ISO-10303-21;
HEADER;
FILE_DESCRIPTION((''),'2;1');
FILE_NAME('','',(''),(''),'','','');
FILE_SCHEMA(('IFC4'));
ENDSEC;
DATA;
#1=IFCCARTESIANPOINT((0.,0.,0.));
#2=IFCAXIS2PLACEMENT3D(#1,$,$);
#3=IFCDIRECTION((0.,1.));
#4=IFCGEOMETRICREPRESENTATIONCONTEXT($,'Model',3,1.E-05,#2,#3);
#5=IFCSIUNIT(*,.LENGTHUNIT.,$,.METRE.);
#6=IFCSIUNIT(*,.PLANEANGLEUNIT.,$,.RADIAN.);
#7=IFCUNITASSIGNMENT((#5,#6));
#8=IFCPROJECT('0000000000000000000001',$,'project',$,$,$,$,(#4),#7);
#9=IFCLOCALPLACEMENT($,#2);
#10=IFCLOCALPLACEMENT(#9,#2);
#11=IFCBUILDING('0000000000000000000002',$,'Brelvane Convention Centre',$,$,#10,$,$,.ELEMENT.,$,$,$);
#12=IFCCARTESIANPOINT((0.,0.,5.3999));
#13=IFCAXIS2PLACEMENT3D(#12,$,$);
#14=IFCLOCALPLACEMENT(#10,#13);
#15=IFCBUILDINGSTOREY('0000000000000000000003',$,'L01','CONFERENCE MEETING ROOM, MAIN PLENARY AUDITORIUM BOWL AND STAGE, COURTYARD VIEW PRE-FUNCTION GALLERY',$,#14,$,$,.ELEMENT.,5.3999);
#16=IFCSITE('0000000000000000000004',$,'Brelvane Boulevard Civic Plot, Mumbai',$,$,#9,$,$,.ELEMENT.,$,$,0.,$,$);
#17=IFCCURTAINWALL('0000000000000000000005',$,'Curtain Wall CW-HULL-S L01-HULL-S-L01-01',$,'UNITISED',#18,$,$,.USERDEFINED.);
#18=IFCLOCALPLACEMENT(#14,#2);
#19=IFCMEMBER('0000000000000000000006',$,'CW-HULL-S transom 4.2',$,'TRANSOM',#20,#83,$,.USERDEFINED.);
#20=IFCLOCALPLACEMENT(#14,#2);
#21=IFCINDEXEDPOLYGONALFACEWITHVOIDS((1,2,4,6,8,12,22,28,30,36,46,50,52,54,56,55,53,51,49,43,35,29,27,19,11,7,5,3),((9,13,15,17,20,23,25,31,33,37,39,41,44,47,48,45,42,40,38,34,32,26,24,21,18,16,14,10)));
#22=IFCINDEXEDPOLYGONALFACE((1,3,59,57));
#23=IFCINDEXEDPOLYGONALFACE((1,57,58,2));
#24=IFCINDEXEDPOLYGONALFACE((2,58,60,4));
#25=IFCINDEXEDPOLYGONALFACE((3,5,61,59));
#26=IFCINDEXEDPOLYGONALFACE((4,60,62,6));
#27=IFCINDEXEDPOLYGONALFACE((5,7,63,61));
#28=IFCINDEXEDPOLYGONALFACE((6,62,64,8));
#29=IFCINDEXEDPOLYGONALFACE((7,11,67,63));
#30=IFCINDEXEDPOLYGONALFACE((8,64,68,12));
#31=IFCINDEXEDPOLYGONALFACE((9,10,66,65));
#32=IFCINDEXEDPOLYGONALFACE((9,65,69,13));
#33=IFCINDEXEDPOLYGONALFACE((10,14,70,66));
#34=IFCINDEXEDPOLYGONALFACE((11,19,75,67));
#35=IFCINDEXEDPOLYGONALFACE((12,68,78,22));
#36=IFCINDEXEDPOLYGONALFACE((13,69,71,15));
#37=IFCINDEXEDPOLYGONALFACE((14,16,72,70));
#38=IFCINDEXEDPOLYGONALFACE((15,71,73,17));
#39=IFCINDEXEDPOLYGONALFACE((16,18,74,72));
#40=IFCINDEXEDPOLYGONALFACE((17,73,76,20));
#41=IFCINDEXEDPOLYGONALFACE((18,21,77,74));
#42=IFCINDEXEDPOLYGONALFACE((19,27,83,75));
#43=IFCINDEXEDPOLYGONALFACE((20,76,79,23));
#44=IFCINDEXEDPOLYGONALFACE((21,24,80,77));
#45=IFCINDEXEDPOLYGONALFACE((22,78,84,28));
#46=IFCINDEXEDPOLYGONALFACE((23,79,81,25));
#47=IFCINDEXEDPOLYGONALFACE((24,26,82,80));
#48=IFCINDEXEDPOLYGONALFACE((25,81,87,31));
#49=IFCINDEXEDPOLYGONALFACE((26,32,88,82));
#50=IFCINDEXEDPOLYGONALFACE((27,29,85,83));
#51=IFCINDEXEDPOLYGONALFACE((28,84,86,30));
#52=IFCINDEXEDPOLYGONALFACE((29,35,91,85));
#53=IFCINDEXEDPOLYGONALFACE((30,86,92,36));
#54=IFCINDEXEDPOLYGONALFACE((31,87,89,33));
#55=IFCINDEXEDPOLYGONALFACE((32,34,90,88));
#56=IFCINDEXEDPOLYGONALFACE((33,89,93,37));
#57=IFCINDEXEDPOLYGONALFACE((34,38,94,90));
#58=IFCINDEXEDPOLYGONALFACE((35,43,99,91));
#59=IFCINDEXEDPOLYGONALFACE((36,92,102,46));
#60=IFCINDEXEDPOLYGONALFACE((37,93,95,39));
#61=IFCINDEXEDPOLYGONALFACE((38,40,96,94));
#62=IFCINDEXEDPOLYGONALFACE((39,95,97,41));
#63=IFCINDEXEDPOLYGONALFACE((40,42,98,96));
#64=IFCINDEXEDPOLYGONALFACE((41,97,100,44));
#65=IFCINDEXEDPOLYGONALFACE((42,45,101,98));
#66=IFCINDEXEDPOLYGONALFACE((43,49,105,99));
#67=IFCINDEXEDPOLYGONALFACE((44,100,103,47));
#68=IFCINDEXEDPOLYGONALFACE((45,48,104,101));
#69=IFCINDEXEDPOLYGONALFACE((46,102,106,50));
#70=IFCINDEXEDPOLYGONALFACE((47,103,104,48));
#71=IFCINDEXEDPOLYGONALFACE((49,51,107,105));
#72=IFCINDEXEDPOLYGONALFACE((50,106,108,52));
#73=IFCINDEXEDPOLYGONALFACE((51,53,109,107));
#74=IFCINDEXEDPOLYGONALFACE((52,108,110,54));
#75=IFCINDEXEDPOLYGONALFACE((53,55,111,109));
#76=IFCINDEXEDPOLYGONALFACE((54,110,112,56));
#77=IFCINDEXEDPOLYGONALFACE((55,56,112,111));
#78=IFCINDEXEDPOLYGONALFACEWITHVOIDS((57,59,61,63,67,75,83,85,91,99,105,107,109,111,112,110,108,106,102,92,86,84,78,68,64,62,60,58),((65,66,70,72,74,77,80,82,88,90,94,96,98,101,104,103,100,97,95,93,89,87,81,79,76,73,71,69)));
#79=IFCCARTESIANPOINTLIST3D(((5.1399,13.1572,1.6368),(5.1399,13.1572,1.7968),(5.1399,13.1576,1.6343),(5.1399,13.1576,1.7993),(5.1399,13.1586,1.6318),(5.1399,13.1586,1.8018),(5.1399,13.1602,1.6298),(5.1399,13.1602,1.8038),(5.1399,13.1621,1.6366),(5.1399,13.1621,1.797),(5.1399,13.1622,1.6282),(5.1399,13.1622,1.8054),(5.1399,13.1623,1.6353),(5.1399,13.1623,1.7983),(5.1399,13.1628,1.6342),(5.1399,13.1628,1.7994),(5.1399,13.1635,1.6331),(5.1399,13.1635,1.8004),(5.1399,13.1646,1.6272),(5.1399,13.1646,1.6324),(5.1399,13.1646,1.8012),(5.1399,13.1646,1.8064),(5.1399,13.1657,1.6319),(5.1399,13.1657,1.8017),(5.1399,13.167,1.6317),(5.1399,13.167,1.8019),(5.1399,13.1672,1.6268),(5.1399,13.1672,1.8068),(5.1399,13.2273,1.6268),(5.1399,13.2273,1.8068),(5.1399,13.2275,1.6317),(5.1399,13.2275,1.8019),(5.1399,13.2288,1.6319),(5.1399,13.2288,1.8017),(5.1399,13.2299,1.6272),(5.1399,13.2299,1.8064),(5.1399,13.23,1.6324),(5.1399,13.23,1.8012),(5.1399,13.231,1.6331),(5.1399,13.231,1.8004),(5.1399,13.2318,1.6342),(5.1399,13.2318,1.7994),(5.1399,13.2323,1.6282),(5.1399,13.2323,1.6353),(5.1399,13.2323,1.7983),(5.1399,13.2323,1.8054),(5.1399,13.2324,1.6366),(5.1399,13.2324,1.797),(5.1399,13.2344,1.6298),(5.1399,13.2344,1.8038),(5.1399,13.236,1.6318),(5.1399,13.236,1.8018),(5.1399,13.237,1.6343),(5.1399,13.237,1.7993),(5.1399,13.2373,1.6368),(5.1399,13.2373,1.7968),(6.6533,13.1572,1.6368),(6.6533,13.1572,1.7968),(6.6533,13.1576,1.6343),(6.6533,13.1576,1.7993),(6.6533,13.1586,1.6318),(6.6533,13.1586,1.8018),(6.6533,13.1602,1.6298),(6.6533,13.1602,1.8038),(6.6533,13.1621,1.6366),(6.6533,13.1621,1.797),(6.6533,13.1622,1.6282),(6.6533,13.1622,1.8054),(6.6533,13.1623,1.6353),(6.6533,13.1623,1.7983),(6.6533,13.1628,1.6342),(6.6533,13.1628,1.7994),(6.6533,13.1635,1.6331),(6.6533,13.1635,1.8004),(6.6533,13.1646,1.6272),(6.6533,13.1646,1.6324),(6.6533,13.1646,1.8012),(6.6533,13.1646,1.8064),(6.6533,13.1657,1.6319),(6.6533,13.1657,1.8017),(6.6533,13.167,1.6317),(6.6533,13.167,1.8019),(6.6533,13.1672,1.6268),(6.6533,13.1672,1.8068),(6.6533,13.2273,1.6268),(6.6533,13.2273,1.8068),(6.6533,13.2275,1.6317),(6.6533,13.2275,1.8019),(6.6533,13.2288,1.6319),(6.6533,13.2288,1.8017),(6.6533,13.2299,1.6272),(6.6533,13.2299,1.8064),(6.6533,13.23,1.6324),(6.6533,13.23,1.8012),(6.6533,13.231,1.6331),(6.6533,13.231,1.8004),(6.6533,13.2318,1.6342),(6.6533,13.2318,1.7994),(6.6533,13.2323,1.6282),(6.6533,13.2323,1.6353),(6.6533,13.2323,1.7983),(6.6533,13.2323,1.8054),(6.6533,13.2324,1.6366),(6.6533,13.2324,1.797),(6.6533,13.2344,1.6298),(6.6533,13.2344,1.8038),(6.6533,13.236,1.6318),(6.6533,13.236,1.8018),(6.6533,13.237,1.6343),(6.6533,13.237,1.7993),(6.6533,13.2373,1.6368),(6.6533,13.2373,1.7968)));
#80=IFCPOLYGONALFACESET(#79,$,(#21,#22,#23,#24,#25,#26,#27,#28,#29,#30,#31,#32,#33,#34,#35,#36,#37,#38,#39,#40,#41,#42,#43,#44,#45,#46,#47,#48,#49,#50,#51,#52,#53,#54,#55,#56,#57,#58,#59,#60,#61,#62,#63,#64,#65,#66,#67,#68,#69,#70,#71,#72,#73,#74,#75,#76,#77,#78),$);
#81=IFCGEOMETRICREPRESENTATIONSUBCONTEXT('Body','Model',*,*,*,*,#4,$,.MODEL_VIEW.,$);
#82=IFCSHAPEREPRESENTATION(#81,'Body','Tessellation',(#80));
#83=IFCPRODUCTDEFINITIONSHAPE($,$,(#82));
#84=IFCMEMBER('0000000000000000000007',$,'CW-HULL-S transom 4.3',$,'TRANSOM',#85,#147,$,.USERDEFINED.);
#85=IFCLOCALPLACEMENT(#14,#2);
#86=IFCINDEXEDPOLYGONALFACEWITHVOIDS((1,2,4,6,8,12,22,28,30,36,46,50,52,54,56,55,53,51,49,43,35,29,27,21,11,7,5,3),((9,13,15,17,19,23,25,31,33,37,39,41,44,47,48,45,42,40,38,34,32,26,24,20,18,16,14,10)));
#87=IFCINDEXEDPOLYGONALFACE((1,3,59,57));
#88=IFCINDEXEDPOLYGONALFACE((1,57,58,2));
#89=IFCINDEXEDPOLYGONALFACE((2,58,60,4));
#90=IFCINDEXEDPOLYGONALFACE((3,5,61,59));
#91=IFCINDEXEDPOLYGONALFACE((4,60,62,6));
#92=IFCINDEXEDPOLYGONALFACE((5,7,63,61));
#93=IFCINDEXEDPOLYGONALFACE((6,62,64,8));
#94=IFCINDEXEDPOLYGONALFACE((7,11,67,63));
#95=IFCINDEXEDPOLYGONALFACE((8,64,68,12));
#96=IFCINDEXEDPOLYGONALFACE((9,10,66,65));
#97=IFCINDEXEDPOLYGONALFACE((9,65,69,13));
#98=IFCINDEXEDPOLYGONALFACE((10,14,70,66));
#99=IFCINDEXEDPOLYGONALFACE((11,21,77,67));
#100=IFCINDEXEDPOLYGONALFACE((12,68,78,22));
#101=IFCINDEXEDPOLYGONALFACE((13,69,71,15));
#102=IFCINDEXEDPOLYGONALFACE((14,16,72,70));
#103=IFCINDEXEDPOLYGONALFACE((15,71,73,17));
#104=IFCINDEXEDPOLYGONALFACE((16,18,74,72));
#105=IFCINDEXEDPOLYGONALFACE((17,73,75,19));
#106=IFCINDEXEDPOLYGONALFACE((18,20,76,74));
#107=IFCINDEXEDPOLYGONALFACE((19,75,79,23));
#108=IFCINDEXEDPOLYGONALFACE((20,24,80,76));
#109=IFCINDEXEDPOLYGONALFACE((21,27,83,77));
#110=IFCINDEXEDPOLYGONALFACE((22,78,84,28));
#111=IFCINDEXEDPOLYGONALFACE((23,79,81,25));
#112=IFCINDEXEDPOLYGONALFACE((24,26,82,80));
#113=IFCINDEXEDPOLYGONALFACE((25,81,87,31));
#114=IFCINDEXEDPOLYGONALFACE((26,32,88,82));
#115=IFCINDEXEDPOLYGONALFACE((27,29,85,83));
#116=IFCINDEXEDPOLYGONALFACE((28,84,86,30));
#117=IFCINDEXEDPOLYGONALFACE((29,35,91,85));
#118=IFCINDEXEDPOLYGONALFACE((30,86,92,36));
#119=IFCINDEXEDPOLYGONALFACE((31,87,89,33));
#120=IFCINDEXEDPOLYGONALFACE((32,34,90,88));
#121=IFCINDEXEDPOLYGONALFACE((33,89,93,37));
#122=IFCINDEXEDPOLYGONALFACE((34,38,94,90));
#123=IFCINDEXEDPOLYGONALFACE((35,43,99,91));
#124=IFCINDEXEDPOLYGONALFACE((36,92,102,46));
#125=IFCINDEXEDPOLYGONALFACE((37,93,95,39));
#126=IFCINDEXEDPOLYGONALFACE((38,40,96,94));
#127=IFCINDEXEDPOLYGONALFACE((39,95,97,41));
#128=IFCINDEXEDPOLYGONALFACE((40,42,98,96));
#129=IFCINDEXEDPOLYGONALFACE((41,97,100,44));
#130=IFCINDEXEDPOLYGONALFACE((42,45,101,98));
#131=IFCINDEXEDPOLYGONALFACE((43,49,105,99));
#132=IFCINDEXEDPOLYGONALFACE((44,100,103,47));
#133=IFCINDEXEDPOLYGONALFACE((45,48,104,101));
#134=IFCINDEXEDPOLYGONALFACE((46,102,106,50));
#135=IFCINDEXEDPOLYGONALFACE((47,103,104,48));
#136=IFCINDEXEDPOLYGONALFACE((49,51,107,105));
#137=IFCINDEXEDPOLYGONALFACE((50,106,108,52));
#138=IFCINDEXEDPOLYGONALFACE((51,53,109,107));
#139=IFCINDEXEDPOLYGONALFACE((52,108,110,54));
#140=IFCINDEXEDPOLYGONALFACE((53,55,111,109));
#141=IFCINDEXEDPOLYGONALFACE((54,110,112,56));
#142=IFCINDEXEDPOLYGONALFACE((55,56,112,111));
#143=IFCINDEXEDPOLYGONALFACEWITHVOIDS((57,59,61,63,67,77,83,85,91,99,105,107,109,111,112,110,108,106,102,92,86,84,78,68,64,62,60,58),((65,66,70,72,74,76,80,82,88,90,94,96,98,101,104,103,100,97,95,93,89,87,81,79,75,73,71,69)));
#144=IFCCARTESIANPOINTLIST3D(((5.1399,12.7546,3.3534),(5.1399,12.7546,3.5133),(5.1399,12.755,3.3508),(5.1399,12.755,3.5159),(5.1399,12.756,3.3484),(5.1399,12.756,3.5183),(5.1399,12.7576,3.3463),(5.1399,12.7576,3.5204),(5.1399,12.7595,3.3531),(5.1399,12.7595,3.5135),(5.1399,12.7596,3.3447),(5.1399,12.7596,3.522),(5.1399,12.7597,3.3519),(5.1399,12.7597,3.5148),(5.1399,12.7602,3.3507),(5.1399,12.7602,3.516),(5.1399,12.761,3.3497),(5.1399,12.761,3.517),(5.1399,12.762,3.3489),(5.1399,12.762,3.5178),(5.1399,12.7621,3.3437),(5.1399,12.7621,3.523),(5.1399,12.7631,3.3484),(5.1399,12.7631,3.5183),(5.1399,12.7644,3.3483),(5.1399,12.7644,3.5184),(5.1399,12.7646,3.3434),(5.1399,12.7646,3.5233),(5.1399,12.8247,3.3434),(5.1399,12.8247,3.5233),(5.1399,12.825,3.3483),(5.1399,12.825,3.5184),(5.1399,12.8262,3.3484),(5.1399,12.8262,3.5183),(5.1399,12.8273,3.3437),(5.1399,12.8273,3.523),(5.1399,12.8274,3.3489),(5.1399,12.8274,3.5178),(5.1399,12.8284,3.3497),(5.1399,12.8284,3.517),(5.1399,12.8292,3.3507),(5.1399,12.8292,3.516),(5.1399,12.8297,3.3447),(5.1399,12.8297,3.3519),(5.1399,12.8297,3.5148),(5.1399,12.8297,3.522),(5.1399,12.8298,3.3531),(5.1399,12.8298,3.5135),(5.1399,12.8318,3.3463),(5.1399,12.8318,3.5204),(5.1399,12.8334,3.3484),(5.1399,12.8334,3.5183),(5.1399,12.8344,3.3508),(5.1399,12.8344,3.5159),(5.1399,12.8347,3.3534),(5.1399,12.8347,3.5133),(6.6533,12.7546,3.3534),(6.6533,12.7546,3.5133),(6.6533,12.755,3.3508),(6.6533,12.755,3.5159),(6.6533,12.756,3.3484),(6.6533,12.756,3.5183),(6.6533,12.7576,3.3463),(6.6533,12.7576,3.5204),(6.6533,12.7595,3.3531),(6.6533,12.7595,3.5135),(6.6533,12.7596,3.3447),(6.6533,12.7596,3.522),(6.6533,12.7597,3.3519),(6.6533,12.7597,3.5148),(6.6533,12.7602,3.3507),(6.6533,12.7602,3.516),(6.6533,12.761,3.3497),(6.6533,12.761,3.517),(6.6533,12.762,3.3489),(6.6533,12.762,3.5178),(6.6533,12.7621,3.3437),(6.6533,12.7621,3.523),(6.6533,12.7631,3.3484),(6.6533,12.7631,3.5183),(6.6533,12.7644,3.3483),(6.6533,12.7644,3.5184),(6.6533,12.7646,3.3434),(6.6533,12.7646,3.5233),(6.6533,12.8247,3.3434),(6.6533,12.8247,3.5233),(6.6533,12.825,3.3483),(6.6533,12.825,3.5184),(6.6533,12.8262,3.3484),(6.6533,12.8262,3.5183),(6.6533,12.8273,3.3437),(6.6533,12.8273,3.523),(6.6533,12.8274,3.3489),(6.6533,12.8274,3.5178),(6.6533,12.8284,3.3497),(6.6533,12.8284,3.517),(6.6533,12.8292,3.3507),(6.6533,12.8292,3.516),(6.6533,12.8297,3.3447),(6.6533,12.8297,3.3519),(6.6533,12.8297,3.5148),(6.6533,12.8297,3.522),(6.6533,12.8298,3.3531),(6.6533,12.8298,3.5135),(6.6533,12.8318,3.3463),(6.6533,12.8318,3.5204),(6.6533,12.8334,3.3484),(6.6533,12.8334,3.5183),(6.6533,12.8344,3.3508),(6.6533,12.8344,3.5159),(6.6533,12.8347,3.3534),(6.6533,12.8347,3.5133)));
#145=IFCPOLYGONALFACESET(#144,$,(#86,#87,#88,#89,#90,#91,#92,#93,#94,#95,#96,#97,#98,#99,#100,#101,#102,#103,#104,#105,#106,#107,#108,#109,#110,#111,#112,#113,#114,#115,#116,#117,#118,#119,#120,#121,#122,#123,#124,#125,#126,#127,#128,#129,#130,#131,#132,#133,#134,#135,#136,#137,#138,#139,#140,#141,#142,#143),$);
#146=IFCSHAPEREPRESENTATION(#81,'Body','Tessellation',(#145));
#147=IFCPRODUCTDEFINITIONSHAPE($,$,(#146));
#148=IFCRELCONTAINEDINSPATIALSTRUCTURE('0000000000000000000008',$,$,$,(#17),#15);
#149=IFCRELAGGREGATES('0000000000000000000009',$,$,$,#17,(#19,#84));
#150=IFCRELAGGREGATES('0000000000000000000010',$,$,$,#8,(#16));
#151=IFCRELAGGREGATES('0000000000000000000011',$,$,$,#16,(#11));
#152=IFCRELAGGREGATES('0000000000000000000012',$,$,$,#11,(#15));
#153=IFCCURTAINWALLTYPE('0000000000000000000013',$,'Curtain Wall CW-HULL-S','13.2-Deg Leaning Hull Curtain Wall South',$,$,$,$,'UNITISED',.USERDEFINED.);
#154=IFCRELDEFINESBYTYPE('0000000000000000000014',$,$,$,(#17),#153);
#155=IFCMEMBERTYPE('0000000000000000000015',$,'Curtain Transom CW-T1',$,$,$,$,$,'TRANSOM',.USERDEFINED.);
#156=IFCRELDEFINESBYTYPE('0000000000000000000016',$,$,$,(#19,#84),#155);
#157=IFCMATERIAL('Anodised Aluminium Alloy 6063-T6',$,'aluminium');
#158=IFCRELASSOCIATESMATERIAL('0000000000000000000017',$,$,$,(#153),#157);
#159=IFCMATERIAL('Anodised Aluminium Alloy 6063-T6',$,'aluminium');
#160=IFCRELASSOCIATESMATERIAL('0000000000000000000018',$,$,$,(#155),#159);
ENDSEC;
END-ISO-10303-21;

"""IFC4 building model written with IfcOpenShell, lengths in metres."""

from ifc_helpers import new_model, si_unit, direction, frame, origin, origin_2d, place, context, subcontext, project, spatial, hollow_rectangle, extrude, material, material_profile, profile_set, type_object, element, aggregate, save


model = new_model("IFC4")

# Units and contexts
model_context = context("Model", 3, precision=1e-05, world=origin(), true_north=direction((0.0, 1.0)))
body_context = subcontext(model_context, "Body", "Model", "MODEL_VIEW")
ifc_project = project(units=[si_unit("LENGTHUNIT", "METRE"), si_unit("PLANEANGLEUNIT", "RADIAN")], contexts=[model_context])

# Site, building, storey
site_placement = place(None, origin())
site = spatial("IfcSite", under=ifc_project, at=site_placement, Name="Brelvane Boulevard Civic Plot, Mumbai", CompositionType="ELEMENT", RefElevation=0.0)
building_placement = place(site_placement, origin())
building = spatial("IfcBuilding", under=site, at=building_placement, Name="Brelvane Convention Centre", CompositionType="ELEMENT")
storey_placement = place(building_placement, frame((0.0, 0.0, 5.3999)))
storey = spatial("IfcBuildingStorey", under=building, at=storey_placement, Name="L01", Description="CONFERENCE MEETING ROOM, MAIN PLENARY AUDITORIUM BOWL AND STAGE, COURTYARD VIEW PRE-FUNCTION GALLERY", CompositionType="ELEMENT", Elevation=5.3999)

# Curtain wall, members
ifc_material_1 = material(Name="Anodised Aluminium Alloy 6063-T6", Category="aluminium")
curtain_wall_type = type_object("IfcCurtainWallType", Name="Curtain Wall CW-HULL-S", Description="13.2-Deg Leaning Hull Curtain Wall South", ElementType="UNITISED", PredefinedType="USERDEFINED", material=ifc_material_1)
curtain_wall_1_placement = place(storey_placement, origin())
curtain_wall_1 = element("IfcCurtainWall", 1, at=curtain_wall_1_placement, inside=storey, type_object=curtain_wall_type, Name="Curtain Wall CW-HULL-S L01-HULL-S-L01-01", ObjectType="UNITISED", PredefinedType="USERDEFINED")
ifc_material_2 = material(Name="Anodised Aluminium Alloy 6063-T6", Category="aluminium")
ifc_material_profile = material_profile(ifc_material_2, hollow_rectangle(XDim=0.0801, YDim=0.1799, WallThickness=0.0049, InnerFilletRadius=0.0049, OuterFilletRadius=0.01, at=origin_2d()), Name="ALU-T 180x80x5.0")
ifc_profile_set = profile_set([ifc_material_profile], Name="Anodised Aluminium Alloy 6063-T6")
member_type = type_object("IfcMemberType", Name="Curtain Transom CW-T1", ElementType="TRANSOM", PredefinedType="USERDEFINED", material=ifc_profile_set)
member_1_placement = place(storey_placement, frame((5.1399, 13.1973, 1.7168), z_axis=(1.0, 0.0, 0.0), x_axis=(0.0, 1.0, 0.0)))
member_1 = element("IfcMember", 2, at=member_1_placement, type_object=member_type, Name="CW-HULL-S transom 4.2", ObjectType="TRANSOM", PredefinedType="USERDEFINED", context=body_context, shape_type="SweptSolid", body=[
    extrude(hollow_rectangle(XDim=0.0801, YDim=0.1799, WallThickness=0.0049, InnerFilletRadius=0.0049, OuterFilletRadius=0.01, at=origin_2d()), origin(), (0.0, 0.0, 1.0), 1.5134),
])
member_2_placement = place(storey_placement, frame((5.1399, 12.7947, 3.4333), z_axis=(1.0, 0.0, 0.0), x_axis=(0.0, 1.0, 0.0)))
member_2 = element("IfcMember", 3, at=member_2_placement, type_object=member_type, Name="CW-HULL-S transom 4.3", ObjectType="TRANSOM", PredefinedType="USERDEFINED", context=body_context, shape_type="SweptSolid", body=[
    extrude(hollow_rectangle(XDim=0.0801, YDim=0.1799, WallThickness=0.0049, InnerFilletRadius=0.0049, OuterFilletRadius=0.01, at=origin_2d()), origin(), (0.0, 0.0, 1.0), 1.5134),
])

aggregate(curtain_wall_1, [member_1, member_2])

save(model, "model.ifc")
